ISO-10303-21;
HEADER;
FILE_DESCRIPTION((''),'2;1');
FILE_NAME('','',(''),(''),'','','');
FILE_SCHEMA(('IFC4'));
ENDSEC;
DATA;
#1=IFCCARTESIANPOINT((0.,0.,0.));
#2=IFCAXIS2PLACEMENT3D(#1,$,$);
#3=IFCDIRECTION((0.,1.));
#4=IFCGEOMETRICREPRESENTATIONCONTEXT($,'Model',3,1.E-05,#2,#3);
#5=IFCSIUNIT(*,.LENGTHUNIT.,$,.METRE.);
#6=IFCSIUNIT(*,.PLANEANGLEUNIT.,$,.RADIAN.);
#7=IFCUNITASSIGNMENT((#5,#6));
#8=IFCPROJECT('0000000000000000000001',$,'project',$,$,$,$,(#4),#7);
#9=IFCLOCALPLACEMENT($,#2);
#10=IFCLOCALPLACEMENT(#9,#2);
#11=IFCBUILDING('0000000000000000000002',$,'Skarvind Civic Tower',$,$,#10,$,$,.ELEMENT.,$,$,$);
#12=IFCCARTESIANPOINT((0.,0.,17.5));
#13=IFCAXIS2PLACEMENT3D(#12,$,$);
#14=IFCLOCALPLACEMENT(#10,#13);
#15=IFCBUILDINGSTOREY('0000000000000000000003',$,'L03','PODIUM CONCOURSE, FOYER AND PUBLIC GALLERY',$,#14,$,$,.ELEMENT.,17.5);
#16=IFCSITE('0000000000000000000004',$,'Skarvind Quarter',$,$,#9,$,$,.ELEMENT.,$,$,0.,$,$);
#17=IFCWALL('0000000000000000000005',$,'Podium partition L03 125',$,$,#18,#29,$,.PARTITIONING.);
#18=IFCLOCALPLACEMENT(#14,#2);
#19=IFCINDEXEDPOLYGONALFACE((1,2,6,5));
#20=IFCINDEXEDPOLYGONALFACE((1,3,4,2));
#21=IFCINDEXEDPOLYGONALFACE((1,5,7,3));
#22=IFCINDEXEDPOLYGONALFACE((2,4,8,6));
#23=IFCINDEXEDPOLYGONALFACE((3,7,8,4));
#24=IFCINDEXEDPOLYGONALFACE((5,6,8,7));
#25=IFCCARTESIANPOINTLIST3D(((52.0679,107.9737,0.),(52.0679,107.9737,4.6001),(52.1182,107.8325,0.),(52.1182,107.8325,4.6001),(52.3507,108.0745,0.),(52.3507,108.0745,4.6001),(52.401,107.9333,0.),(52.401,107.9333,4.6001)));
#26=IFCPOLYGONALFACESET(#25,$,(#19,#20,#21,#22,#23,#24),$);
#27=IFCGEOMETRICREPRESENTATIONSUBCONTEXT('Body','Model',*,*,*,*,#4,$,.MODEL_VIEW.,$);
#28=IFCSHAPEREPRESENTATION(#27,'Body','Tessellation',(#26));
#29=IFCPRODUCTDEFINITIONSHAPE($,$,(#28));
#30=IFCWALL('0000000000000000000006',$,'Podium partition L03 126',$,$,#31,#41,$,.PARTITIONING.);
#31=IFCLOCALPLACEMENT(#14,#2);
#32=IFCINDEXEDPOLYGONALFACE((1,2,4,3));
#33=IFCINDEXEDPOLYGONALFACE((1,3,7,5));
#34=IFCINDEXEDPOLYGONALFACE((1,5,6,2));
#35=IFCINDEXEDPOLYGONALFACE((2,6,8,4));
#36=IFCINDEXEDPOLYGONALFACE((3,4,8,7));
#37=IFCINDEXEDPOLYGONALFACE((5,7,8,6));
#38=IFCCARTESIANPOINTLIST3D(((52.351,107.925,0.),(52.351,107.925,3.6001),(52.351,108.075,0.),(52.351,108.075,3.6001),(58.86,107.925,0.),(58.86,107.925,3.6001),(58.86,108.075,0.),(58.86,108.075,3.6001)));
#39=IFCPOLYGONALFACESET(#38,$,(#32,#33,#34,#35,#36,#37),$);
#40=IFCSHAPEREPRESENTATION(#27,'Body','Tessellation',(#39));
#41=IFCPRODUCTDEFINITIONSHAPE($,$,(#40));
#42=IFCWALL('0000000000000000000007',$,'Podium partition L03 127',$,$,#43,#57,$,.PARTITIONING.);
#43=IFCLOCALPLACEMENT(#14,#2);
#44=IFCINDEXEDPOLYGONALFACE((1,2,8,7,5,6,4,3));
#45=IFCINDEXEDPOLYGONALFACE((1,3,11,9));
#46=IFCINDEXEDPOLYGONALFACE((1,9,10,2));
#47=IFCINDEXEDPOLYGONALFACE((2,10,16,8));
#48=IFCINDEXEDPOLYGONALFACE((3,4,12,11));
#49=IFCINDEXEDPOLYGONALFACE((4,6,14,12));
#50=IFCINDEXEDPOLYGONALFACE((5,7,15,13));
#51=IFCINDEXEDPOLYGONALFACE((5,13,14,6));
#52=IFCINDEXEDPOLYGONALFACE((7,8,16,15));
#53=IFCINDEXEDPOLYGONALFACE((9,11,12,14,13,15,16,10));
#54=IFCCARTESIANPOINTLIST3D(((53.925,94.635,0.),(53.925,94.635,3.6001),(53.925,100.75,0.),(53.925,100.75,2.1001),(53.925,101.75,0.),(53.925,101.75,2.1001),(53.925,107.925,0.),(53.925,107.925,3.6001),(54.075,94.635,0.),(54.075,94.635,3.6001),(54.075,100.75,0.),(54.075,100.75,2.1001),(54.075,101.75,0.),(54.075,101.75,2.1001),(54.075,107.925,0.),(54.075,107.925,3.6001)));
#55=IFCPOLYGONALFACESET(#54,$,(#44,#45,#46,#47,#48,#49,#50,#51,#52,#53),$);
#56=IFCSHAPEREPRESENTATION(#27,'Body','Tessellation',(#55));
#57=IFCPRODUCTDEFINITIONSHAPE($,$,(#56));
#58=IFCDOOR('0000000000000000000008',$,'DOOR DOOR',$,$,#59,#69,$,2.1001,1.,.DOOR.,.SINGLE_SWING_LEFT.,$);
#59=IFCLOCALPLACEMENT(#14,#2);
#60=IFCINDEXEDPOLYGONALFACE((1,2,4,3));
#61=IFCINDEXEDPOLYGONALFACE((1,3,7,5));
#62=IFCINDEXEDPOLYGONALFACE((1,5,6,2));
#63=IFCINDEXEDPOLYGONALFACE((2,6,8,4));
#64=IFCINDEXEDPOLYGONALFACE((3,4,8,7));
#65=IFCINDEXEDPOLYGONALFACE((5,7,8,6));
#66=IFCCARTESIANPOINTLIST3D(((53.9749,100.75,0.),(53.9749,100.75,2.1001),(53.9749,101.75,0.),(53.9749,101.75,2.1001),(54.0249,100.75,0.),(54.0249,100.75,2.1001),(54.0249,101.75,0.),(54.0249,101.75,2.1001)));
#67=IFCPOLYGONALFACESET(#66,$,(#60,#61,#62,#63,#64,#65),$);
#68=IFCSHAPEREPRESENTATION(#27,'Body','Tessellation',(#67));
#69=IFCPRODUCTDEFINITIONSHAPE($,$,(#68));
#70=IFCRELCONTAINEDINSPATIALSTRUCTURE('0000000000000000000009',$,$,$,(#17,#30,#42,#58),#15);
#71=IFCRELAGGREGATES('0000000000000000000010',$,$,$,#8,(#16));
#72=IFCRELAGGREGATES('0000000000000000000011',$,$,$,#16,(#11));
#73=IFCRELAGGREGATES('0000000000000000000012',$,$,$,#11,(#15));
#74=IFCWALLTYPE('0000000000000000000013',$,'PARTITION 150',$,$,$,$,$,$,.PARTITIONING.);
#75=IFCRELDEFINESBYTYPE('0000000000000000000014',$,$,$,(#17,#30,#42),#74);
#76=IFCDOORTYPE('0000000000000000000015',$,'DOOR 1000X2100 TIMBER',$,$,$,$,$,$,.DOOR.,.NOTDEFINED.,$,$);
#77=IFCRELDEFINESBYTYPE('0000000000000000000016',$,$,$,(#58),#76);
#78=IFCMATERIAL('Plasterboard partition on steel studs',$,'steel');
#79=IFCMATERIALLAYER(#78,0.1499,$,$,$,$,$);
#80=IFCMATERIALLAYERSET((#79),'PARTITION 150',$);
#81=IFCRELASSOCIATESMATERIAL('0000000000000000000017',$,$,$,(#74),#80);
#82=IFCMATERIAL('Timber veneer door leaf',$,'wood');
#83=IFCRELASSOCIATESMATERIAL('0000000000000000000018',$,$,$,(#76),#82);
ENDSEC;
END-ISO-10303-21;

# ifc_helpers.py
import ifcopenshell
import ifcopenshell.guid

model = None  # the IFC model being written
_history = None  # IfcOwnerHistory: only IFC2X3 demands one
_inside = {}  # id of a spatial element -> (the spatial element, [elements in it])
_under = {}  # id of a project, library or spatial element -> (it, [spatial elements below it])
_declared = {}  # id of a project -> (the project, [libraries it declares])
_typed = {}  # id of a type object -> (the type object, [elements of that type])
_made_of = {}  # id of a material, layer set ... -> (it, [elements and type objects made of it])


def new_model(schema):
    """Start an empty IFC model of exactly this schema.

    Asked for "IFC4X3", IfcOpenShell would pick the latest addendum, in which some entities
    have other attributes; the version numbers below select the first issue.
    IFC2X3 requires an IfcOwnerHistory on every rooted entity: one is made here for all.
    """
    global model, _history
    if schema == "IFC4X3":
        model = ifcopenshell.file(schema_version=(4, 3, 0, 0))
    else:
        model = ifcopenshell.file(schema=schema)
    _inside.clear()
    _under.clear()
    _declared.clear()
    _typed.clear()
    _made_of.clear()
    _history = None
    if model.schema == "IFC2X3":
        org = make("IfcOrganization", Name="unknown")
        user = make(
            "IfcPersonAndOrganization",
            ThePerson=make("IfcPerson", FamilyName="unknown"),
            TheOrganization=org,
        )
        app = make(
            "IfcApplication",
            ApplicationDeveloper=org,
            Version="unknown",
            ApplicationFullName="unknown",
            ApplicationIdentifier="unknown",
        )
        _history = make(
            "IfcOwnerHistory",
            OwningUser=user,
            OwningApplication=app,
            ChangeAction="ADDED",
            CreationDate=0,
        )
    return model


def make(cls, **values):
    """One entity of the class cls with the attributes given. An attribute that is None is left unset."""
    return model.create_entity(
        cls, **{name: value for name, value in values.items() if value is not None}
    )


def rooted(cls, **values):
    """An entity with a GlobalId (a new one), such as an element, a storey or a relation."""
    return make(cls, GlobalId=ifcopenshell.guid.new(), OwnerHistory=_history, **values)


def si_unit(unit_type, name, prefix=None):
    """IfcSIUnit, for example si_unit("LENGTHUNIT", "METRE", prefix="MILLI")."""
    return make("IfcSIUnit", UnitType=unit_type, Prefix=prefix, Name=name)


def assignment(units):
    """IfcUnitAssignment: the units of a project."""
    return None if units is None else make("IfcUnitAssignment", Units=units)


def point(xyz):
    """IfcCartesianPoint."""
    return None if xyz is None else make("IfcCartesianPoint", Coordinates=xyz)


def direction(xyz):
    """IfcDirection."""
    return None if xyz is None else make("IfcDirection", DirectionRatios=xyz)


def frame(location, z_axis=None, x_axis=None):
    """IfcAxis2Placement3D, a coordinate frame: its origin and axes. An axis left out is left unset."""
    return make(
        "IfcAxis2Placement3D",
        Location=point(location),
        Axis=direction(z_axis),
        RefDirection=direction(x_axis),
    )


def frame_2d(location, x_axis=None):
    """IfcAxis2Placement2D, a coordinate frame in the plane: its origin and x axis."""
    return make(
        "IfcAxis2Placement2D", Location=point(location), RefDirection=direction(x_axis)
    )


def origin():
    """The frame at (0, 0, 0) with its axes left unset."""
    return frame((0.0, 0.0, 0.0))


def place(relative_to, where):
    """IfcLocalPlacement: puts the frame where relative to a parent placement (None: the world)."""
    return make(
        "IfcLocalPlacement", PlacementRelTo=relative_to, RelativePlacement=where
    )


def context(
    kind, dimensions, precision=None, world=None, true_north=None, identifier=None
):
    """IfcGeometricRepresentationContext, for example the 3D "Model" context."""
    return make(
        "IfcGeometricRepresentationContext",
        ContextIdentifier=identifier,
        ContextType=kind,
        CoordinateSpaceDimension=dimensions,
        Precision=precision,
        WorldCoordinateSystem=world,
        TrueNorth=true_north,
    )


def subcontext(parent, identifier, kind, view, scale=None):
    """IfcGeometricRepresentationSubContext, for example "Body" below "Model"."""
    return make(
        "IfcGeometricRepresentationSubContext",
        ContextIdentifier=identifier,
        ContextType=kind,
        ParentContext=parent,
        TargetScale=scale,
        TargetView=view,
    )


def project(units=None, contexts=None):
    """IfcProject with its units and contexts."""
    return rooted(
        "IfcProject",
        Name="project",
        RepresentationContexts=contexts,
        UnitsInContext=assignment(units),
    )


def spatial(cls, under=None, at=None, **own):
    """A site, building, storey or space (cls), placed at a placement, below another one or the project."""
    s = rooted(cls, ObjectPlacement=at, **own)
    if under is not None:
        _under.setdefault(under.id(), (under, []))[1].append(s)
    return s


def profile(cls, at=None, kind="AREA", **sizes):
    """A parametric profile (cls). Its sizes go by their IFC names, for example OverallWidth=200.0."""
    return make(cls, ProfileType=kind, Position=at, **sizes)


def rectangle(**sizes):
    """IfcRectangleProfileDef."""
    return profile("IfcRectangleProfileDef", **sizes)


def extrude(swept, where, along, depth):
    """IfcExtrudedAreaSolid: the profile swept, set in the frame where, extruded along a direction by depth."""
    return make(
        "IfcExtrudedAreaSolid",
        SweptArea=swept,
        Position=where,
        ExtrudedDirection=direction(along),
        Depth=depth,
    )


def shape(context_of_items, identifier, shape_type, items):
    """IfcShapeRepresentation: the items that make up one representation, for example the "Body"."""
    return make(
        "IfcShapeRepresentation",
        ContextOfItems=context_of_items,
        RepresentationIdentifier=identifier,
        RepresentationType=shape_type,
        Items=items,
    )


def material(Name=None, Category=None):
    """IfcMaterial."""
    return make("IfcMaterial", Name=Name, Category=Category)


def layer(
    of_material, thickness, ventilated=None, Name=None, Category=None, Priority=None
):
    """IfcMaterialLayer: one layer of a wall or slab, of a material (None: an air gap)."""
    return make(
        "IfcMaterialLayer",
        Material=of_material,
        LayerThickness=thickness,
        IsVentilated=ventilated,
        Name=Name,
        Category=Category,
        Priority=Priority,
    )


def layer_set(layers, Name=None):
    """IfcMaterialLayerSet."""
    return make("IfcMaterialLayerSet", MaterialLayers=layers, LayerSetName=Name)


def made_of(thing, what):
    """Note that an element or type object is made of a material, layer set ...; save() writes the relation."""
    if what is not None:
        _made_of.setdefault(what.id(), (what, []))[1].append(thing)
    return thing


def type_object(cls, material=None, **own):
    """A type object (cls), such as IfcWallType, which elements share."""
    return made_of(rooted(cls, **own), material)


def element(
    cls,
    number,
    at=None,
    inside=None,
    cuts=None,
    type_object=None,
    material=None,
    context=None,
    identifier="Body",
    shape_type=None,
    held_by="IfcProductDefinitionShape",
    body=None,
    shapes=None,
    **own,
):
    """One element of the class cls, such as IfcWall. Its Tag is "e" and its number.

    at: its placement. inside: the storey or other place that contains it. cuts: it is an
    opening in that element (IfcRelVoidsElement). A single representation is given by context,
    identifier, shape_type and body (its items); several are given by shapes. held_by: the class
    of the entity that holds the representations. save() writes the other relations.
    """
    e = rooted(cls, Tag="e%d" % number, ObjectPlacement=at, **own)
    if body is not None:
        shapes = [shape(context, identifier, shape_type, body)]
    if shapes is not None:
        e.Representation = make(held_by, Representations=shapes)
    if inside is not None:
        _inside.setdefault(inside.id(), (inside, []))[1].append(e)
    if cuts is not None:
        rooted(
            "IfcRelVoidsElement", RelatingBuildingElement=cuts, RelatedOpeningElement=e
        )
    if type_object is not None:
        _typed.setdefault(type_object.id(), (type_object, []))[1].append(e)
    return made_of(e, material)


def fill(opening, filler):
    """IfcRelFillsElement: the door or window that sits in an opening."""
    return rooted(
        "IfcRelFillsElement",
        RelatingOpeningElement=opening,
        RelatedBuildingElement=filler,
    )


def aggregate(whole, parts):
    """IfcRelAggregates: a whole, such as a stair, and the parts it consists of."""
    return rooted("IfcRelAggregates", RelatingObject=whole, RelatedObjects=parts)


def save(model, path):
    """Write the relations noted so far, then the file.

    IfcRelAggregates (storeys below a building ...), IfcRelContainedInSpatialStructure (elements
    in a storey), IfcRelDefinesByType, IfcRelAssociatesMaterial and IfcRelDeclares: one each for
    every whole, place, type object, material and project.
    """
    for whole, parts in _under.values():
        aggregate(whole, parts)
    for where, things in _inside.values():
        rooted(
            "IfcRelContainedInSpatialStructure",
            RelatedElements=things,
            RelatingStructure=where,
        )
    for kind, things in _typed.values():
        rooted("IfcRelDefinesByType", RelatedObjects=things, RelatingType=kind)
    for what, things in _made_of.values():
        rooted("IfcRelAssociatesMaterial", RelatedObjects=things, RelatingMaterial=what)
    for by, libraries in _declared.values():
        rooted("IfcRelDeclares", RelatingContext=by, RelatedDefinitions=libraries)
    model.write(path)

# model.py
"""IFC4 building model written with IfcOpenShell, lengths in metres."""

from ifc_helpers import new_model, si_unit, direction, frame, frame_2d, origin, place, context, subcontext, project, spatial, rectangle, extrude, material, layer, layer_set, type_object, element, fill, save


model = new_model("IFC4")

# Units and contexts
model_context = context("Model", 3, precision=1e-05, world=origin(), true_north=direction((0.0, 1.0)))
body_context = subcontext(model_context, "Body", "Model", "MODEL_VIEW")
ifc_project = project(units=[si_unit("LENGTHUNIT", "METRE"), si_unit("PLANEANGLEUNIT", "RADIAN")], contexts=[model_context])

# Site, building, storey
site_placement = place(None, origin())
site = spatial("IfcSite", under=ifc_project, at=site_placement, Name="Skarvind Quarter", CompositionType="ELEMENT", RefElevation=0.0)
building_placement = place(site_placement, origin())
building = spatial("IfcBuilding", under=site, at=building_placement, Name="Skarvind Civic Tower", CompositionType="ELEMENT")
storey_placement = place(building_placement, frame((0.0, 0.0, 17.5)))
storey = spatial("IfcBuildingStorey", under=building, at=storey_placement, Name="L03", Description="PODIUM CONCOURSE, FOYER AND PUBLIC GALLERY", CompositionType="ELEMENT", Elevation=17.5)

# Walls
ifc_material_1 = material(Name="Plasterboard partition on steel studs", Category="steel")
ifc_layer_1 = layer(ifc_material_1, 0.1499)
ifc_layer_set_1 = layer_set([ifc_layer_1], Name="PARTITION 150")
wall_type_1 = type_object("IfcWallType", Name="PARTITION 150", PredefinedType="PARTITIONING", material=ifc_layer_set_1)
wall_1_placement = place(storey_placement, frame((52.093, 107.9031, 0.0), z_axis=(0.0, 0.0, 1.0), x_axis=(0.941981, 0.335667, 0.0)))
element("IfcWall", 1, at=wall_1_placement, inside=storey, type_object=wall_type_1, Name="Podium partition L03 125", PredefinedType="PARTITIONING", context=body_context, shape_type="SweptSolid", body=[
    extrude(rectangle(XDim=0.3003, YDim=0.1499, at=frame_2d((0.1501, 0.0))), origin(), (0.0, 0.0, 1.0), 4.6001),
])
wall_2_placement = place(storey_placement, frame((52.3511, 108.0, 0.0), z_axis=(0.0, 0.0, 1.0), x_axis=(1.0, 0.0, 0.0)))
element("IfcWall", 2, at=wall_2_placement, inside=storey, type_object=wall_type_1, Name="Podium partition L03 126", PredefinedType="PARTITIONING", context=body_context, shape_type="SweptSolid", body=[
    extrude(rectangle(XDim=6.509, YDim=0.1499, at=frame_2d((3.2544, 0.0))), origin(), (0.0, 0.0, 1.0), 3.6001),
])

# Wall, opening, door
wall_3_placement = place(storey_placement, frame((54.0, 107.925, 0.0), z_axis=(0.0, 0.0, 1.0), x_axis=(0.0, -1.0, 0.0)))
wall_3 = element("IfcWall", 3, at=wall_3_placement, inside=storey, type_object=wall_type_1, Name="Podium partition L03 127", PredefinedType="PARTITIONING", context=body_context, shape_type="SweptSolid", body=[
    extrude(rectangle(XDim=13.29, YDim=0.1499, at=frame_2d((6.645, 0.0))), origin(), (0.0, 0.0, 1.0), 3.6001),
])
opening_1_placement = place(wall_3_placement, frame((6.175, 0.0, 0.0)))
opening_1 = element("IfcOpeningElement", 4, at=opening_1_placement, cuts=wall_3, PredefinedType="OPENING", context=body_context, shape_type="SweptSolid", body=[
    extrude(rectangle(XDim=1.0, YDim=2.1001, at=frame_2d((0.5, 1.05))), frame((0.0, 0.085, 0.0), z_axis=(0.0, -1.0, 0.0), x_axis=(1.0, 0.0, 0.0)), (0.0, 0.0, 1.0), 0.1699),
])
ifc_material_2 = material(Name="Timber veneer door leaf", Category="wood")
door_type_1 = type_object("IfcDoorType", Name="DOOR 1000X2100 TIMBER", OperationType="NOTDEFINED", PredefinedType="DOOR", material=ifc_material_2)
door_1_placement = place(opening_1_placement, origin())
door_1 = element("IfcDoor", 5, at=door_1_placement, inside=storey, type_object=door_type_1, Name="DOOR DOOR", OperationType="SINGLE_SWING_LEFT", OverallHeight=2.1001, OverallWidth=1.0, PredefinedType="DOOR", context=body_context, shape_type="SweptSolid", body=[
    extrude(rectangle(XDim=1.0, YDim=2.1001, at=frame_2d((0.5, 1.05))), frame((0.0, 0.0249, 0.0), z_axis=(0.0, -1.0, 0.0), x_axis=(1.0, 0.0, 0.0)), (0.0, 0.0, 1.0), 0.05),
])
fill(opening_1, door_1)

save(model, "model.ifc")
